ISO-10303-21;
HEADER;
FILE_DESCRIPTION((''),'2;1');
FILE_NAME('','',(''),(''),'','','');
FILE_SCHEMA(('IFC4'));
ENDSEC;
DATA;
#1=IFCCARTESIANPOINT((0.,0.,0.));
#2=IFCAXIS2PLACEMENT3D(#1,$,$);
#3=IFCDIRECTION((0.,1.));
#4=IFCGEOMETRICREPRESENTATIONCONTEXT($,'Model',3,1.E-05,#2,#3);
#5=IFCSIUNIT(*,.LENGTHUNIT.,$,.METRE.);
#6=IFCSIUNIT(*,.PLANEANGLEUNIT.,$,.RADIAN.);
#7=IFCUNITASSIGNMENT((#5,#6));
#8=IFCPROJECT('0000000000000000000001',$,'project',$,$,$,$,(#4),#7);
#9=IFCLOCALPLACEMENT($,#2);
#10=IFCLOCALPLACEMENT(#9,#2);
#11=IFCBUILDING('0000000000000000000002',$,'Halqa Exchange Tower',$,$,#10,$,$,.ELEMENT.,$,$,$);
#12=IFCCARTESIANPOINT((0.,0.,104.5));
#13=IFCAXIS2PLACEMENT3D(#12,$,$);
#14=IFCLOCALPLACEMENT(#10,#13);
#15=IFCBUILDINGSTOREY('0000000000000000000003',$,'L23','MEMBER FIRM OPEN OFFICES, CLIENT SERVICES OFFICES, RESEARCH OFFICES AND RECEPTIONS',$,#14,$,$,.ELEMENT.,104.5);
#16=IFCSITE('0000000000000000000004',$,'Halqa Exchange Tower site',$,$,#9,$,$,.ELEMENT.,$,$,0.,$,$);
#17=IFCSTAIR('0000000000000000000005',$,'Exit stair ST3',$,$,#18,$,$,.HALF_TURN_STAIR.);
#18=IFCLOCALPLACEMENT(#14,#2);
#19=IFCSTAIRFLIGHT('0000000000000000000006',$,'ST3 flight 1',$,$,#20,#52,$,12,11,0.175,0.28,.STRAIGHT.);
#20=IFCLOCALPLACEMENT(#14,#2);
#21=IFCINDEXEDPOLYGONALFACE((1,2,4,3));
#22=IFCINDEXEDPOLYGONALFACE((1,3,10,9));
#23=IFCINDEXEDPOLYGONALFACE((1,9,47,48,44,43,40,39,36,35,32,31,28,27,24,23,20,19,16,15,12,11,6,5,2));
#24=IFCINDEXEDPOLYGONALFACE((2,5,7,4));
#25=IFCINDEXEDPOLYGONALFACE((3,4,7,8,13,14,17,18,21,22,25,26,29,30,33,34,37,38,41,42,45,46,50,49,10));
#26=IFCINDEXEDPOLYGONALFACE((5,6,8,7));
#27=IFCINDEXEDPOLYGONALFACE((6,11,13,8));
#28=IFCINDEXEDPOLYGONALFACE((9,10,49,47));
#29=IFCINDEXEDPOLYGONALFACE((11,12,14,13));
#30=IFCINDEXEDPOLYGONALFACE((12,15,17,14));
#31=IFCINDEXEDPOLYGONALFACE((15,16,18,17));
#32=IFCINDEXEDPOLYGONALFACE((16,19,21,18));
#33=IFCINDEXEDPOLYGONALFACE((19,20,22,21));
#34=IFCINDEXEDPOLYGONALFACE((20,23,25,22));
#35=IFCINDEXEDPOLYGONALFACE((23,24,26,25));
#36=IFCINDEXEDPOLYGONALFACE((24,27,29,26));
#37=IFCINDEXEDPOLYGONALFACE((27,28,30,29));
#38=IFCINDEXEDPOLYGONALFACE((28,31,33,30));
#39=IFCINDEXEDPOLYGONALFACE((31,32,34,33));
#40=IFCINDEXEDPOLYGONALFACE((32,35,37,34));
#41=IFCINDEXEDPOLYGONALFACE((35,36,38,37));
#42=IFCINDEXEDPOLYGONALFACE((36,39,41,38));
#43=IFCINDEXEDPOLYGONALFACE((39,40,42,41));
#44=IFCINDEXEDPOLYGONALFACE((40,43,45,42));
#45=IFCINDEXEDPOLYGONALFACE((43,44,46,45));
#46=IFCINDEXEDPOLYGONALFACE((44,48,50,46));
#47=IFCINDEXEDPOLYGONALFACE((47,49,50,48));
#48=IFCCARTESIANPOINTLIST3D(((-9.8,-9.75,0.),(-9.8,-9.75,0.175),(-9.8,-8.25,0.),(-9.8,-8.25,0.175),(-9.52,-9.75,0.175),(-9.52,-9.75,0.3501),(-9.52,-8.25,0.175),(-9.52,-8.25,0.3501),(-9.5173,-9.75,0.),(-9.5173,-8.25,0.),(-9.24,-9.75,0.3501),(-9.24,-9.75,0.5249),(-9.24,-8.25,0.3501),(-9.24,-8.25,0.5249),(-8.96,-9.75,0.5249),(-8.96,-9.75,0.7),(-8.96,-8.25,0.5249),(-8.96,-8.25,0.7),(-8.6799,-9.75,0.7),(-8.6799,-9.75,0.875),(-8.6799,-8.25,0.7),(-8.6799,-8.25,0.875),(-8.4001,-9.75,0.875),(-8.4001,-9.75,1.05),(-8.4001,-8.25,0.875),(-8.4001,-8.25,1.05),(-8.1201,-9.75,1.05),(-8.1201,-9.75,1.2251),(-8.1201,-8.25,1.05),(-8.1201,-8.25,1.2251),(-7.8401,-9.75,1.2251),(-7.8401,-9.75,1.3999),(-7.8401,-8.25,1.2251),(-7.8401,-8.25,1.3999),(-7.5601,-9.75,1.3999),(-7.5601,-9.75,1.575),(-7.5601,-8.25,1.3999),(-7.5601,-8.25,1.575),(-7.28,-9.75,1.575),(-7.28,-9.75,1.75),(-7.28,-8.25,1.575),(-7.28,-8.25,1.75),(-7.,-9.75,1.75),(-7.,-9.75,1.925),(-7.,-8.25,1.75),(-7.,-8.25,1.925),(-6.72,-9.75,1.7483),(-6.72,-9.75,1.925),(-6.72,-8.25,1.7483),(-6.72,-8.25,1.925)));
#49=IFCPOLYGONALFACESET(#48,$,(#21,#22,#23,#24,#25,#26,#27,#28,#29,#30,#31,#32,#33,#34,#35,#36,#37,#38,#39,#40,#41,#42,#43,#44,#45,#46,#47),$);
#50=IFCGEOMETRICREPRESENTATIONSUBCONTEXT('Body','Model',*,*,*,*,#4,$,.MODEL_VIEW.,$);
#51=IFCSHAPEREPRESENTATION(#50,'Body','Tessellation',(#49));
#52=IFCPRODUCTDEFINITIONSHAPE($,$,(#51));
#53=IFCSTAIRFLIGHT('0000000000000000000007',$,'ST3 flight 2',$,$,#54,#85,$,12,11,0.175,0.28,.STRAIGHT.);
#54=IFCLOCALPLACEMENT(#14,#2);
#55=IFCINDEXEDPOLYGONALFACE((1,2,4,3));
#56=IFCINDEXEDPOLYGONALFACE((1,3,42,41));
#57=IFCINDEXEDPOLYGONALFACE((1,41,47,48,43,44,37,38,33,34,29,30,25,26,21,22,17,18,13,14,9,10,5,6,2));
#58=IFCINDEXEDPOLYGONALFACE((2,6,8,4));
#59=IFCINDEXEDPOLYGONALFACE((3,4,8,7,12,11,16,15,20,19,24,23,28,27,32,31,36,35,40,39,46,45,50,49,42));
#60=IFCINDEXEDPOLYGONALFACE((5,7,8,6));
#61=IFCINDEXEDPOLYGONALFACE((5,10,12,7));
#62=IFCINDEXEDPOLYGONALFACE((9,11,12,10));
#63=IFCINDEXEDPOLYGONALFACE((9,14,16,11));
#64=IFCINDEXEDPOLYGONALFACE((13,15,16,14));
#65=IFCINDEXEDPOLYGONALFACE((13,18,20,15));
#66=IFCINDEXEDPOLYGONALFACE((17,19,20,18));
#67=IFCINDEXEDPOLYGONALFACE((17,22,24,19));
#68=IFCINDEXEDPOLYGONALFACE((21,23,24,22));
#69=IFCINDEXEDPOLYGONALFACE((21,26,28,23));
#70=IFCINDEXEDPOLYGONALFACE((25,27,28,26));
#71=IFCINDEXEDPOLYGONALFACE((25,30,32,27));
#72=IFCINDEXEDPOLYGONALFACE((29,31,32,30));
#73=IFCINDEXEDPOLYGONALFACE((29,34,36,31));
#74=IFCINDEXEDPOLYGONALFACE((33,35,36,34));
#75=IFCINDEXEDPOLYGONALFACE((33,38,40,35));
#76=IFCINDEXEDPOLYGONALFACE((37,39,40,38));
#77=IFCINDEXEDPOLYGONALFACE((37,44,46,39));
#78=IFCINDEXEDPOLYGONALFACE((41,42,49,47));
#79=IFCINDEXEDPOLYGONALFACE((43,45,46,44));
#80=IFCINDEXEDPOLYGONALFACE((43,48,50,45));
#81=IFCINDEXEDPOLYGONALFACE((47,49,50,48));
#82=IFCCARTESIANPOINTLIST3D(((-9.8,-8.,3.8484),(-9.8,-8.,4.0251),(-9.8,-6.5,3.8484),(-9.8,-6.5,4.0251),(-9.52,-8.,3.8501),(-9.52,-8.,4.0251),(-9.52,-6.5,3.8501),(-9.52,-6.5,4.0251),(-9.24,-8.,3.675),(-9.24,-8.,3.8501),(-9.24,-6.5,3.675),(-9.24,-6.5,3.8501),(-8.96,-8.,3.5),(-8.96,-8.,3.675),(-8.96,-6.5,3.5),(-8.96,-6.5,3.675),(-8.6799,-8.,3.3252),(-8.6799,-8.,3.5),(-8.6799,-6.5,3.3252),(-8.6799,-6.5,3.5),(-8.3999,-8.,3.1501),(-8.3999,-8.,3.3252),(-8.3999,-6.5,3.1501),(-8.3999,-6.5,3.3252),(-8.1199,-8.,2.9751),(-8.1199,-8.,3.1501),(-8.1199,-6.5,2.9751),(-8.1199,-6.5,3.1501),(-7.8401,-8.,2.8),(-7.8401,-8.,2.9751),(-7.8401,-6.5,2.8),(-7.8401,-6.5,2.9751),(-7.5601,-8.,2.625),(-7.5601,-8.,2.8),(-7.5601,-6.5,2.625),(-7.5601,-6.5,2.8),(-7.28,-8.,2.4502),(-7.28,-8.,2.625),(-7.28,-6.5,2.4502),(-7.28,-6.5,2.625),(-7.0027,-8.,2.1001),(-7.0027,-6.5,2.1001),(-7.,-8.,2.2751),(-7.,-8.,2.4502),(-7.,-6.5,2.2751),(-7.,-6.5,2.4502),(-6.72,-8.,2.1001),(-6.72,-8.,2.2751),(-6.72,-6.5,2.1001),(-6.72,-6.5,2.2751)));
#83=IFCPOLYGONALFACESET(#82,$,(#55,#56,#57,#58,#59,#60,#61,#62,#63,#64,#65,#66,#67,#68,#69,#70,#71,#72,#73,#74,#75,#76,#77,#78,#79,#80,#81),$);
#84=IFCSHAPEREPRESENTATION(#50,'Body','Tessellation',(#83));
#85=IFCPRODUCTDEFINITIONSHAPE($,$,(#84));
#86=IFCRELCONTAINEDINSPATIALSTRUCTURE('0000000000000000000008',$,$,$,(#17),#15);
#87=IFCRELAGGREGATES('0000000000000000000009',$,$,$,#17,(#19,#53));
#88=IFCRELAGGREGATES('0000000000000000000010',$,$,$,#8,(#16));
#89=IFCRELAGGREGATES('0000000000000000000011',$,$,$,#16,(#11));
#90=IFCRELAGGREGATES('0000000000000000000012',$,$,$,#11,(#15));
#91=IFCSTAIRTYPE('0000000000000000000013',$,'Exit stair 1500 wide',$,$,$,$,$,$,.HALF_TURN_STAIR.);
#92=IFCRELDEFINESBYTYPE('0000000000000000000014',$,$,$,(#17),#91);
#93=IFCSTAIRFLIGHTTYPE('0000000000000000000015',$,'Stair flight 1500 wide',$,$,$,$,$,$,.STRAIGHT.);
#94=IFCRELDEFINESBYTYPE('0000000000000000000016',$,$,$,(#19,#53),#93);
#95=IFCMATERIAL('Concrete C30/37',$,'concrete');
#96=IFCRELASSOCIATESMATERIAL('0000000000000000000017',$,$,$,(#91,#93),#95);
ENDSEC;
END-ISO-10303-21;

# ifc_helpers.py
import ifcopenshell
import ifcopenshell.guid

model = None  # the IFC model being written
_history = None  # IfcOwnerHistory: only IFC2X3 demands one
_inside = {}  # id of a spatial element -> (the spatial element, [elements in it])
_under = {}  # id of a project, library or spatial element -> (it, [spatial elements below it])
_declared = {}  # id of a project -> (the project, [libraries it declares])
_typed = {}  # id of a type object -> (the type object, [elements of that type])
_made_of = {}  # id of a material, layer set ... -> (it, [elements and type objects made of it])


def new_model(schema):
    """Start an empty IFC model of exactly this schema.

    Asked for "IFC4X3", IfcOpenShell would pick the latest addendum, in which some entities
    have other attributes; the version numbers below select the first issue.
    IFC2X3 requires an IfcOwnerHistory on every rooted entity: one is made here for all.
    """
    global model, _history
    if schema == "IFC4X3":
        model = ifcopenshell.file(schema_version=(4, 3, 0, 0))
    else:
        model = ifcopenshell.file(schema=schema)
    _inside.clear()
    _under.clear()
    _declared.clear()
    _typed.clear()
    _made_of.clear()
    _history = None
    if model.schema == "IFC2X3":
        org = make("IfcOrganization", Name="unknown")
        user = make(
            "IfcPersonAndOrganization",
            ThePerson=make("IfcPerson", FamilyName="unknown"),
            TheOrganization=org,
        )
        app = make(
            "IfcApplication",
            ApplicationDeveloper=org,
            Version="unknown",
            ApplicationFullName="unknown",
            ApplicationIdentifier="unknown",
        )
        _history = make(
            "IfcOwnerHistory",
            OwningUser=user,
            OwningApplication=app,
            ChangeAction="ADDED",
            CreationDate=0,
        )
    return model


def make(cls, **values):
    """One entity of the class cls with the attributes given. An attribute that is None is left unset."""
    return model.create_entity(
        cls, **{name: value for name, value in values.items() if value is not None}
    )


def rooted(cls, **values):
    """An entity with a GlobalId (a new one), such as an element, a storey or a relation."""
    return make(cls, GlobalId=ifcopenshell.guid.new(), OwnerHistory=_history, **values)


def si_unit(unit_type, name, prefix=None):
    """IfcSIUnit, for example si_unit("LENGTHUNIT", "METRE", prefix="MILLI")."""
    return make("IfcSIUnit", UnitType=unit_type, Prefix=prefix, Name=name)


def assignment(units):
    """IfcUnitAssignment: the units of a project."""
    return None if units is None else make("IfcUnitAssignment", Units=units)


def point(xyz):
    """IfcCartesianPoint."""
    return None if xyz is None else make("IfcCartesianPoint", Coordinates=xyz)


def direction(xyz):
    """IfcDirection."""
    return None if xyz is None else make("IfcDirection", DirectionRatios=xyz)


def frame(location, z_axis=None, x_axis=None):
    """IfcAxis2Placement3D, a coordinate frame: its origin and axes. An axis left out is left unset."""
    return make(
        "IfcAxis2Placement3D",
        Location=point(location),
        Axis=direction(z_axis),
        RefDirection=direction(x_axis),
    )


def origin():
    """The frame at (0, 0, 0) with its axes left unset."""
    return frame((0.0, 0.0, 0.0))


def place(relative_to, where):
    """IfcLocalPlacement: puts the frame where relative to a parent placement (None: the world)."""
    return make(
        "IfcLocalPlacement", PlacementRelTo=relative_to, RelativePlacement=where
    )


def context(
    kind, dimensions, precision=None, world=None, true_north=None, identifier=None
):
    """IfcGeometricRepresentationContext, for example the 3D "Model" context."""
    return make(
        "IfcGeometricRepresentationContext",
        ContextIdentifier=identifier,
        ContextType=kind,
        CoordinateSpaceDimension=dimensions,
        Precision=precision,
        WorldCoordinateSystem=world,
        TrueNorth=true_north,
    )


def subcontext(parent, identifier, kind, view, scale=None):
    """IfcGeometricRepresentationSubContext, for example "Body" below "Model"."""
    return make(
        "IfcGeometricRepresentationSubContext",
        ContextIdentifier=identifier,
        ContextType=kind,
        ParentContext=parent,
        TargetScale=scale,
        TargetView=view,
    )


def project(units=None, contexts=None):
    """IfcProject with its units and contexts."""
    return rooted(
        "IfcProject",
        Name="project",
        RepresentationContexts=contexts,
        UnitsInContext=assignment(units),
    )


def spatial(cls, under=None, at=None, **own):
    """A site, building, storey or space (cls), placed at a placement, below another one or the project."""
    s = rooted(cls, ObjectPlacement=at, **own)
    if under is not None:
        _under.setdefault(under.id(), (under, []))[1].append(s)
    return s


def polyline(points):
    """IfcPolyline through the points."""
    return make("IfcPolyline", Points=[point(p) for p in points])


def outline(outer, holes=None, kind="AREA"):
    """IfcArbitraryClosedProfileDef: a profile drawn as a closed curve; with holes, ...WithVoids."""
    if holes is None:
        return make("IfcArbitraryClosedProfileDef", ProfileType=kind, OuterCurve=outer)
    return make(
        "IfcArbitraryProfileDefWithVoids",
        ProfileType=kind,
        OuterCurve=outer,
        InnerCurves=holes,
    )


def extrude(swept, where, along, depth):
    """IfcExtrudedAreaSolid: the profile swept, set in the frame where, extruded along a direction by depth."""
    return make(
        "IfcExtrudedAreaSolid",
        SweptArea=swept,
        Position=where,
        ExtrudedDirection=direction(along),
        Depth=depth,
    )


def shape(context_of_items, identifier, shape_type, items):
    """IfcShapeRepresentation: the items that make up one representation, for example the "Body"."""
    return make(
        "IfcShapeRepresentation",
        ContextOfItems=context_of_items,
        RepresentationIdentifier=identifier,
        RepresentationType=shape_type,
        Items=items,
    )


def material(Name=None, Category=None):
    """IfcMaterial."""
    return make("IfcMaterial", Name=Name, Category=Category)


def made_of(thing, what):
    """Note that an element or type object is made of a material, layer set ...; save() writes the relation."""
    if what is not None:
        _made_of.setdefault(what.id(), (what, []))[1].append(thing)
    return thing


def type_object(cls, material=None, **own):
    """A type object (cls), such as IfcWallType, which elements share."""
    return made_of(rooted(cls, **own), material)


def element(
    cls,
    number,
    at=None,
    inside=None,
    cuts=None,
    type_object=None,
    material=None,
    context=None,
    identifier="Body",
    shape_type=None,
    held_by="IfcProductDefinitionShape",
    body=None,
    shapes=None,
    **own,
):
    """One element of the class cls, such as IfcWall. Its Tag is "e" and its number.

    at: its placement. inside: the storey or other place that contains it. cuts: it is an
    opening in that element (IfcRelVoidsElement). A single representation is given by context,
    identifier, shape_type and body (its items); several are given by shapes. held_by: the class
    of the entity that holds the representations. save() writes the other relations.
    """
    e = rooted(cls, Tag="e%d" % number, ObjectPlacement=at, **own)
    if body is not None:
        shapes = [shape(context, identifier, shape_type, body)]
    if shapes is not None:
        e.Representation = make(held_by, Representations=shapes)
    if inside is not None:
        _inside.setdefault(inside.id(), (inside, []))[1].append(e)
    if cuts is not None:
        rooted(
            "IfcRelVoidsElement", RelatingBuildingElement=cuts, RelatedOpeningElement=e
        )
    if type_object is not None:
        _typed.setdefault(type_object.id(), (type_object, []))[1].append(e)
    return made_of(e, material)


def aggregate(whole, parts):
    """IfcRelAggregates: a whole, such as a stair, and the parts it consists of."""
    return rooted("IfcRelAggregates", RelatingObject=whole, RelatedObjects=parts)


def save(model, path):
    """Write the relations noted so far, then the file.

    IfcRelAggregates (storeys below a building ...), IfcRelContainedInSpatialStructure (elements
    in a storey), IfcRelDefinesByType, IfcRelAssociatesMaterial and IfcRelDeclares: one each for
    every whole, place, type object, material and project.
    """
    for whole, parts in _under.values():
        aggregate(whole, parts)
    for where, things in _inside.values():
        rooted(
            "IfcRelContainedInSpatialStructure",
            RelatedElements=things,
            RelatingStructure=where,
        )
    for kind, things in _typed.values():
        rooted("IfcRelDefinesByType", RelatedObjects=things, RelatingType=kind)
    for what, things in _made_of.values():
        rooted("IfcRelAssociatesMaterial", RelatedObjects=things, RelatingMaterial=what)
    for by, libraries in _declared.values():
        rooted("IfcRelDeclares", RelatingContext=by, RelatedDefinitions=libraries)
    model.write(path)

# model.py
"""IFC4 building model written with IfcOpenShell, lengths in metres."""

from ifc_helpers import new_model, si_unit, direction, frame, origin, place, context, subcontext, project, spatial, polyline, outline, extrude, material, type_object, element, aggregate, save


model = new_model("IFC4")

# Units and contexts
model_context = context("Model", 3, precision=1e-05, world=origin(), true_north=direction((0.0, 1.0)))
body_context = subcontext(model_context, "Body", "Model", "MODEL_VIEW")
ifc_project = project(units=[si_unit("LENGTHUNIT", "METRE"), si_unit("PLANEANGLEUNIT", "RADIAN")], contexts=[model_context])

# Site, building, storey
site_placement = place(None, origin())
site = spatial("IfcSite", under=ifc_project, at=site_placement, Name="Halqa Exchange Tower site", CompositionType="ELEMENT", RefElevation=0.0)
building_placement = place(site_placement, origin())
building = spatial("IfcBuilding", under=site, at=building_placement, Name="Halqa Exchange Tower", CompositionType="ELEMENT")
storey_placement = place(building_placement, frame((0.0, 0.0, 104.5)))
storey = spatial("IfcBuildingStorey", under=building, at=storey_placement, Name="L23", Description="MEMBER FIRM OPEN OFFICES, CLIENT SERVICES OFFICES, RESEARCH OFFICES AND RECEPTIONS", CompositionType="ELEMENT", Elevation=104.5)

# Shared definitions
ifc_material_1 = material(Name="Concrete C30/37", Category="concrete")

# Stair, stair flights
stair_type = type_object("IfcStairType", Name="Exit stair 1500 wide", PredefinedType="HALF_TURN_STAIR", material=ifc_material_1)
stair_placement = place(storey_placement, origin())
stair = element("IfcStair", 1, at=stair_placement, inside=storey, type_object=stair_type, Name="Exit stair ST3", PredefinedType="HALF_TURN_STAIR")
stair_flight_type = type_object("IfcStairFlightType", Name="Stair flight 1500 wide", PredefinedType="STRAIGHT", material=ifc_material_1)
stair_flight_1_placement = place(storey_placement, frame((-9.8, -9.0, 0.0), z_axis=(0.0, 0.0, 1.0), x_axis=(1.0, 0.0, 0.0)))
stair_flight_1 = element("IfcStairFlight", 2, at=stair_flight_1_placement, type_object=stair_flight_type, Name="ST3 flight 1", NumberOfRisers=12, NumberOfTreads=11, PredefinedType="STRAIGHT", RiserHeight=0.175, TreadLength=0.28, context=body_context, shape_type="SweptSolid", body=[
    extrude(outline(polyline([(0.0, 0.0), (0.0, 0.175), (0.28, 0.175), (0.28, 0.3501), (0.5601, 0.3501), (0.5601, 0.5249), (0.8401, 0.5249), (0.8401, 0.7), (1.1201, 0.7), (1.1201, 0.875), (1.3999, 0.875), (1.3999, 1.05), (1.6799, 1.05), (1.6799, 1.2251), (1.96, 1.2251), (1.96, 1.3999), (2.24, 1.3999), (2.24, 1.575), (2.52, 1.575), (2.52, 1.75), (2.8, 1.75), (2.8, 1.925), (3.0801, 1.925), (3.0801, 2.1001), (3.0801, 1.7483), (0.2827, 0.0), (0.0, 0.0)])), frame((0.0, 0.75, 0.0), z_axis=(0.0, -1.0, 0.0), x_axis=(1.0, 0.0, 0.0)), (0.0, 0.0, 1.0), 1.5),
])
stair_flight_2_placement = place(storey_placement, frame((-6.72, -7.25, 2.1001), z_axis=(0.0, 0.0, 1.0), x_axis=(-1.0, 0.0, 0.0)))
stair_flight_2 = element("IfcStairFlight", 3, at=stair_flight_2_placement, type_object=stair_flight_type, Name="ST3 flight 2", NumberOfRisers=12, NumberOfTreads=11, PredefinedType="STRAIGHT", RiserHeight=0.175, TreadLength=0.28, context=body_context, shape_type="SweptSolid", body=[
    extrude(outline(polyline([(0.0, 0.0), (0.0, 0.175), (0.28, 0.175), (0.28, 0.3501), (0.5601, 0.3501), (0.5601, 0.5249), (0.8401, 0.5249), (0.8401, 0.7), (1.1201, 0.7), (1.1201, 0.875), (1.3999, 0.875), (1.3999, 1.05), (1.6799, 1.05), (1.6799, 1.2251), (1.96, 1.2251), (1.96, 1.3999), (2.24, 1.3999), (2.24, 1.575), (2.52, 1.575), (2.52, 1.75), (2.8, 1.75), (2.8, 1.925), (3.0801, 1.925), (3.0801, 2.1001), (3.0801, 1.7483), (0.2827, 0.0), (0.0, 0.0)])), frame((0.0, 0.75, 0.0), z_axis=(0.0, -1.0, 0.0), x_axis=(1.0, 0.0, 0.0)), (0.0, 0.0, 1.0), 1.5),
])
aggregate(stair, [stair_flight_1, stair_flight_2])

save(model, "model.ifc")
